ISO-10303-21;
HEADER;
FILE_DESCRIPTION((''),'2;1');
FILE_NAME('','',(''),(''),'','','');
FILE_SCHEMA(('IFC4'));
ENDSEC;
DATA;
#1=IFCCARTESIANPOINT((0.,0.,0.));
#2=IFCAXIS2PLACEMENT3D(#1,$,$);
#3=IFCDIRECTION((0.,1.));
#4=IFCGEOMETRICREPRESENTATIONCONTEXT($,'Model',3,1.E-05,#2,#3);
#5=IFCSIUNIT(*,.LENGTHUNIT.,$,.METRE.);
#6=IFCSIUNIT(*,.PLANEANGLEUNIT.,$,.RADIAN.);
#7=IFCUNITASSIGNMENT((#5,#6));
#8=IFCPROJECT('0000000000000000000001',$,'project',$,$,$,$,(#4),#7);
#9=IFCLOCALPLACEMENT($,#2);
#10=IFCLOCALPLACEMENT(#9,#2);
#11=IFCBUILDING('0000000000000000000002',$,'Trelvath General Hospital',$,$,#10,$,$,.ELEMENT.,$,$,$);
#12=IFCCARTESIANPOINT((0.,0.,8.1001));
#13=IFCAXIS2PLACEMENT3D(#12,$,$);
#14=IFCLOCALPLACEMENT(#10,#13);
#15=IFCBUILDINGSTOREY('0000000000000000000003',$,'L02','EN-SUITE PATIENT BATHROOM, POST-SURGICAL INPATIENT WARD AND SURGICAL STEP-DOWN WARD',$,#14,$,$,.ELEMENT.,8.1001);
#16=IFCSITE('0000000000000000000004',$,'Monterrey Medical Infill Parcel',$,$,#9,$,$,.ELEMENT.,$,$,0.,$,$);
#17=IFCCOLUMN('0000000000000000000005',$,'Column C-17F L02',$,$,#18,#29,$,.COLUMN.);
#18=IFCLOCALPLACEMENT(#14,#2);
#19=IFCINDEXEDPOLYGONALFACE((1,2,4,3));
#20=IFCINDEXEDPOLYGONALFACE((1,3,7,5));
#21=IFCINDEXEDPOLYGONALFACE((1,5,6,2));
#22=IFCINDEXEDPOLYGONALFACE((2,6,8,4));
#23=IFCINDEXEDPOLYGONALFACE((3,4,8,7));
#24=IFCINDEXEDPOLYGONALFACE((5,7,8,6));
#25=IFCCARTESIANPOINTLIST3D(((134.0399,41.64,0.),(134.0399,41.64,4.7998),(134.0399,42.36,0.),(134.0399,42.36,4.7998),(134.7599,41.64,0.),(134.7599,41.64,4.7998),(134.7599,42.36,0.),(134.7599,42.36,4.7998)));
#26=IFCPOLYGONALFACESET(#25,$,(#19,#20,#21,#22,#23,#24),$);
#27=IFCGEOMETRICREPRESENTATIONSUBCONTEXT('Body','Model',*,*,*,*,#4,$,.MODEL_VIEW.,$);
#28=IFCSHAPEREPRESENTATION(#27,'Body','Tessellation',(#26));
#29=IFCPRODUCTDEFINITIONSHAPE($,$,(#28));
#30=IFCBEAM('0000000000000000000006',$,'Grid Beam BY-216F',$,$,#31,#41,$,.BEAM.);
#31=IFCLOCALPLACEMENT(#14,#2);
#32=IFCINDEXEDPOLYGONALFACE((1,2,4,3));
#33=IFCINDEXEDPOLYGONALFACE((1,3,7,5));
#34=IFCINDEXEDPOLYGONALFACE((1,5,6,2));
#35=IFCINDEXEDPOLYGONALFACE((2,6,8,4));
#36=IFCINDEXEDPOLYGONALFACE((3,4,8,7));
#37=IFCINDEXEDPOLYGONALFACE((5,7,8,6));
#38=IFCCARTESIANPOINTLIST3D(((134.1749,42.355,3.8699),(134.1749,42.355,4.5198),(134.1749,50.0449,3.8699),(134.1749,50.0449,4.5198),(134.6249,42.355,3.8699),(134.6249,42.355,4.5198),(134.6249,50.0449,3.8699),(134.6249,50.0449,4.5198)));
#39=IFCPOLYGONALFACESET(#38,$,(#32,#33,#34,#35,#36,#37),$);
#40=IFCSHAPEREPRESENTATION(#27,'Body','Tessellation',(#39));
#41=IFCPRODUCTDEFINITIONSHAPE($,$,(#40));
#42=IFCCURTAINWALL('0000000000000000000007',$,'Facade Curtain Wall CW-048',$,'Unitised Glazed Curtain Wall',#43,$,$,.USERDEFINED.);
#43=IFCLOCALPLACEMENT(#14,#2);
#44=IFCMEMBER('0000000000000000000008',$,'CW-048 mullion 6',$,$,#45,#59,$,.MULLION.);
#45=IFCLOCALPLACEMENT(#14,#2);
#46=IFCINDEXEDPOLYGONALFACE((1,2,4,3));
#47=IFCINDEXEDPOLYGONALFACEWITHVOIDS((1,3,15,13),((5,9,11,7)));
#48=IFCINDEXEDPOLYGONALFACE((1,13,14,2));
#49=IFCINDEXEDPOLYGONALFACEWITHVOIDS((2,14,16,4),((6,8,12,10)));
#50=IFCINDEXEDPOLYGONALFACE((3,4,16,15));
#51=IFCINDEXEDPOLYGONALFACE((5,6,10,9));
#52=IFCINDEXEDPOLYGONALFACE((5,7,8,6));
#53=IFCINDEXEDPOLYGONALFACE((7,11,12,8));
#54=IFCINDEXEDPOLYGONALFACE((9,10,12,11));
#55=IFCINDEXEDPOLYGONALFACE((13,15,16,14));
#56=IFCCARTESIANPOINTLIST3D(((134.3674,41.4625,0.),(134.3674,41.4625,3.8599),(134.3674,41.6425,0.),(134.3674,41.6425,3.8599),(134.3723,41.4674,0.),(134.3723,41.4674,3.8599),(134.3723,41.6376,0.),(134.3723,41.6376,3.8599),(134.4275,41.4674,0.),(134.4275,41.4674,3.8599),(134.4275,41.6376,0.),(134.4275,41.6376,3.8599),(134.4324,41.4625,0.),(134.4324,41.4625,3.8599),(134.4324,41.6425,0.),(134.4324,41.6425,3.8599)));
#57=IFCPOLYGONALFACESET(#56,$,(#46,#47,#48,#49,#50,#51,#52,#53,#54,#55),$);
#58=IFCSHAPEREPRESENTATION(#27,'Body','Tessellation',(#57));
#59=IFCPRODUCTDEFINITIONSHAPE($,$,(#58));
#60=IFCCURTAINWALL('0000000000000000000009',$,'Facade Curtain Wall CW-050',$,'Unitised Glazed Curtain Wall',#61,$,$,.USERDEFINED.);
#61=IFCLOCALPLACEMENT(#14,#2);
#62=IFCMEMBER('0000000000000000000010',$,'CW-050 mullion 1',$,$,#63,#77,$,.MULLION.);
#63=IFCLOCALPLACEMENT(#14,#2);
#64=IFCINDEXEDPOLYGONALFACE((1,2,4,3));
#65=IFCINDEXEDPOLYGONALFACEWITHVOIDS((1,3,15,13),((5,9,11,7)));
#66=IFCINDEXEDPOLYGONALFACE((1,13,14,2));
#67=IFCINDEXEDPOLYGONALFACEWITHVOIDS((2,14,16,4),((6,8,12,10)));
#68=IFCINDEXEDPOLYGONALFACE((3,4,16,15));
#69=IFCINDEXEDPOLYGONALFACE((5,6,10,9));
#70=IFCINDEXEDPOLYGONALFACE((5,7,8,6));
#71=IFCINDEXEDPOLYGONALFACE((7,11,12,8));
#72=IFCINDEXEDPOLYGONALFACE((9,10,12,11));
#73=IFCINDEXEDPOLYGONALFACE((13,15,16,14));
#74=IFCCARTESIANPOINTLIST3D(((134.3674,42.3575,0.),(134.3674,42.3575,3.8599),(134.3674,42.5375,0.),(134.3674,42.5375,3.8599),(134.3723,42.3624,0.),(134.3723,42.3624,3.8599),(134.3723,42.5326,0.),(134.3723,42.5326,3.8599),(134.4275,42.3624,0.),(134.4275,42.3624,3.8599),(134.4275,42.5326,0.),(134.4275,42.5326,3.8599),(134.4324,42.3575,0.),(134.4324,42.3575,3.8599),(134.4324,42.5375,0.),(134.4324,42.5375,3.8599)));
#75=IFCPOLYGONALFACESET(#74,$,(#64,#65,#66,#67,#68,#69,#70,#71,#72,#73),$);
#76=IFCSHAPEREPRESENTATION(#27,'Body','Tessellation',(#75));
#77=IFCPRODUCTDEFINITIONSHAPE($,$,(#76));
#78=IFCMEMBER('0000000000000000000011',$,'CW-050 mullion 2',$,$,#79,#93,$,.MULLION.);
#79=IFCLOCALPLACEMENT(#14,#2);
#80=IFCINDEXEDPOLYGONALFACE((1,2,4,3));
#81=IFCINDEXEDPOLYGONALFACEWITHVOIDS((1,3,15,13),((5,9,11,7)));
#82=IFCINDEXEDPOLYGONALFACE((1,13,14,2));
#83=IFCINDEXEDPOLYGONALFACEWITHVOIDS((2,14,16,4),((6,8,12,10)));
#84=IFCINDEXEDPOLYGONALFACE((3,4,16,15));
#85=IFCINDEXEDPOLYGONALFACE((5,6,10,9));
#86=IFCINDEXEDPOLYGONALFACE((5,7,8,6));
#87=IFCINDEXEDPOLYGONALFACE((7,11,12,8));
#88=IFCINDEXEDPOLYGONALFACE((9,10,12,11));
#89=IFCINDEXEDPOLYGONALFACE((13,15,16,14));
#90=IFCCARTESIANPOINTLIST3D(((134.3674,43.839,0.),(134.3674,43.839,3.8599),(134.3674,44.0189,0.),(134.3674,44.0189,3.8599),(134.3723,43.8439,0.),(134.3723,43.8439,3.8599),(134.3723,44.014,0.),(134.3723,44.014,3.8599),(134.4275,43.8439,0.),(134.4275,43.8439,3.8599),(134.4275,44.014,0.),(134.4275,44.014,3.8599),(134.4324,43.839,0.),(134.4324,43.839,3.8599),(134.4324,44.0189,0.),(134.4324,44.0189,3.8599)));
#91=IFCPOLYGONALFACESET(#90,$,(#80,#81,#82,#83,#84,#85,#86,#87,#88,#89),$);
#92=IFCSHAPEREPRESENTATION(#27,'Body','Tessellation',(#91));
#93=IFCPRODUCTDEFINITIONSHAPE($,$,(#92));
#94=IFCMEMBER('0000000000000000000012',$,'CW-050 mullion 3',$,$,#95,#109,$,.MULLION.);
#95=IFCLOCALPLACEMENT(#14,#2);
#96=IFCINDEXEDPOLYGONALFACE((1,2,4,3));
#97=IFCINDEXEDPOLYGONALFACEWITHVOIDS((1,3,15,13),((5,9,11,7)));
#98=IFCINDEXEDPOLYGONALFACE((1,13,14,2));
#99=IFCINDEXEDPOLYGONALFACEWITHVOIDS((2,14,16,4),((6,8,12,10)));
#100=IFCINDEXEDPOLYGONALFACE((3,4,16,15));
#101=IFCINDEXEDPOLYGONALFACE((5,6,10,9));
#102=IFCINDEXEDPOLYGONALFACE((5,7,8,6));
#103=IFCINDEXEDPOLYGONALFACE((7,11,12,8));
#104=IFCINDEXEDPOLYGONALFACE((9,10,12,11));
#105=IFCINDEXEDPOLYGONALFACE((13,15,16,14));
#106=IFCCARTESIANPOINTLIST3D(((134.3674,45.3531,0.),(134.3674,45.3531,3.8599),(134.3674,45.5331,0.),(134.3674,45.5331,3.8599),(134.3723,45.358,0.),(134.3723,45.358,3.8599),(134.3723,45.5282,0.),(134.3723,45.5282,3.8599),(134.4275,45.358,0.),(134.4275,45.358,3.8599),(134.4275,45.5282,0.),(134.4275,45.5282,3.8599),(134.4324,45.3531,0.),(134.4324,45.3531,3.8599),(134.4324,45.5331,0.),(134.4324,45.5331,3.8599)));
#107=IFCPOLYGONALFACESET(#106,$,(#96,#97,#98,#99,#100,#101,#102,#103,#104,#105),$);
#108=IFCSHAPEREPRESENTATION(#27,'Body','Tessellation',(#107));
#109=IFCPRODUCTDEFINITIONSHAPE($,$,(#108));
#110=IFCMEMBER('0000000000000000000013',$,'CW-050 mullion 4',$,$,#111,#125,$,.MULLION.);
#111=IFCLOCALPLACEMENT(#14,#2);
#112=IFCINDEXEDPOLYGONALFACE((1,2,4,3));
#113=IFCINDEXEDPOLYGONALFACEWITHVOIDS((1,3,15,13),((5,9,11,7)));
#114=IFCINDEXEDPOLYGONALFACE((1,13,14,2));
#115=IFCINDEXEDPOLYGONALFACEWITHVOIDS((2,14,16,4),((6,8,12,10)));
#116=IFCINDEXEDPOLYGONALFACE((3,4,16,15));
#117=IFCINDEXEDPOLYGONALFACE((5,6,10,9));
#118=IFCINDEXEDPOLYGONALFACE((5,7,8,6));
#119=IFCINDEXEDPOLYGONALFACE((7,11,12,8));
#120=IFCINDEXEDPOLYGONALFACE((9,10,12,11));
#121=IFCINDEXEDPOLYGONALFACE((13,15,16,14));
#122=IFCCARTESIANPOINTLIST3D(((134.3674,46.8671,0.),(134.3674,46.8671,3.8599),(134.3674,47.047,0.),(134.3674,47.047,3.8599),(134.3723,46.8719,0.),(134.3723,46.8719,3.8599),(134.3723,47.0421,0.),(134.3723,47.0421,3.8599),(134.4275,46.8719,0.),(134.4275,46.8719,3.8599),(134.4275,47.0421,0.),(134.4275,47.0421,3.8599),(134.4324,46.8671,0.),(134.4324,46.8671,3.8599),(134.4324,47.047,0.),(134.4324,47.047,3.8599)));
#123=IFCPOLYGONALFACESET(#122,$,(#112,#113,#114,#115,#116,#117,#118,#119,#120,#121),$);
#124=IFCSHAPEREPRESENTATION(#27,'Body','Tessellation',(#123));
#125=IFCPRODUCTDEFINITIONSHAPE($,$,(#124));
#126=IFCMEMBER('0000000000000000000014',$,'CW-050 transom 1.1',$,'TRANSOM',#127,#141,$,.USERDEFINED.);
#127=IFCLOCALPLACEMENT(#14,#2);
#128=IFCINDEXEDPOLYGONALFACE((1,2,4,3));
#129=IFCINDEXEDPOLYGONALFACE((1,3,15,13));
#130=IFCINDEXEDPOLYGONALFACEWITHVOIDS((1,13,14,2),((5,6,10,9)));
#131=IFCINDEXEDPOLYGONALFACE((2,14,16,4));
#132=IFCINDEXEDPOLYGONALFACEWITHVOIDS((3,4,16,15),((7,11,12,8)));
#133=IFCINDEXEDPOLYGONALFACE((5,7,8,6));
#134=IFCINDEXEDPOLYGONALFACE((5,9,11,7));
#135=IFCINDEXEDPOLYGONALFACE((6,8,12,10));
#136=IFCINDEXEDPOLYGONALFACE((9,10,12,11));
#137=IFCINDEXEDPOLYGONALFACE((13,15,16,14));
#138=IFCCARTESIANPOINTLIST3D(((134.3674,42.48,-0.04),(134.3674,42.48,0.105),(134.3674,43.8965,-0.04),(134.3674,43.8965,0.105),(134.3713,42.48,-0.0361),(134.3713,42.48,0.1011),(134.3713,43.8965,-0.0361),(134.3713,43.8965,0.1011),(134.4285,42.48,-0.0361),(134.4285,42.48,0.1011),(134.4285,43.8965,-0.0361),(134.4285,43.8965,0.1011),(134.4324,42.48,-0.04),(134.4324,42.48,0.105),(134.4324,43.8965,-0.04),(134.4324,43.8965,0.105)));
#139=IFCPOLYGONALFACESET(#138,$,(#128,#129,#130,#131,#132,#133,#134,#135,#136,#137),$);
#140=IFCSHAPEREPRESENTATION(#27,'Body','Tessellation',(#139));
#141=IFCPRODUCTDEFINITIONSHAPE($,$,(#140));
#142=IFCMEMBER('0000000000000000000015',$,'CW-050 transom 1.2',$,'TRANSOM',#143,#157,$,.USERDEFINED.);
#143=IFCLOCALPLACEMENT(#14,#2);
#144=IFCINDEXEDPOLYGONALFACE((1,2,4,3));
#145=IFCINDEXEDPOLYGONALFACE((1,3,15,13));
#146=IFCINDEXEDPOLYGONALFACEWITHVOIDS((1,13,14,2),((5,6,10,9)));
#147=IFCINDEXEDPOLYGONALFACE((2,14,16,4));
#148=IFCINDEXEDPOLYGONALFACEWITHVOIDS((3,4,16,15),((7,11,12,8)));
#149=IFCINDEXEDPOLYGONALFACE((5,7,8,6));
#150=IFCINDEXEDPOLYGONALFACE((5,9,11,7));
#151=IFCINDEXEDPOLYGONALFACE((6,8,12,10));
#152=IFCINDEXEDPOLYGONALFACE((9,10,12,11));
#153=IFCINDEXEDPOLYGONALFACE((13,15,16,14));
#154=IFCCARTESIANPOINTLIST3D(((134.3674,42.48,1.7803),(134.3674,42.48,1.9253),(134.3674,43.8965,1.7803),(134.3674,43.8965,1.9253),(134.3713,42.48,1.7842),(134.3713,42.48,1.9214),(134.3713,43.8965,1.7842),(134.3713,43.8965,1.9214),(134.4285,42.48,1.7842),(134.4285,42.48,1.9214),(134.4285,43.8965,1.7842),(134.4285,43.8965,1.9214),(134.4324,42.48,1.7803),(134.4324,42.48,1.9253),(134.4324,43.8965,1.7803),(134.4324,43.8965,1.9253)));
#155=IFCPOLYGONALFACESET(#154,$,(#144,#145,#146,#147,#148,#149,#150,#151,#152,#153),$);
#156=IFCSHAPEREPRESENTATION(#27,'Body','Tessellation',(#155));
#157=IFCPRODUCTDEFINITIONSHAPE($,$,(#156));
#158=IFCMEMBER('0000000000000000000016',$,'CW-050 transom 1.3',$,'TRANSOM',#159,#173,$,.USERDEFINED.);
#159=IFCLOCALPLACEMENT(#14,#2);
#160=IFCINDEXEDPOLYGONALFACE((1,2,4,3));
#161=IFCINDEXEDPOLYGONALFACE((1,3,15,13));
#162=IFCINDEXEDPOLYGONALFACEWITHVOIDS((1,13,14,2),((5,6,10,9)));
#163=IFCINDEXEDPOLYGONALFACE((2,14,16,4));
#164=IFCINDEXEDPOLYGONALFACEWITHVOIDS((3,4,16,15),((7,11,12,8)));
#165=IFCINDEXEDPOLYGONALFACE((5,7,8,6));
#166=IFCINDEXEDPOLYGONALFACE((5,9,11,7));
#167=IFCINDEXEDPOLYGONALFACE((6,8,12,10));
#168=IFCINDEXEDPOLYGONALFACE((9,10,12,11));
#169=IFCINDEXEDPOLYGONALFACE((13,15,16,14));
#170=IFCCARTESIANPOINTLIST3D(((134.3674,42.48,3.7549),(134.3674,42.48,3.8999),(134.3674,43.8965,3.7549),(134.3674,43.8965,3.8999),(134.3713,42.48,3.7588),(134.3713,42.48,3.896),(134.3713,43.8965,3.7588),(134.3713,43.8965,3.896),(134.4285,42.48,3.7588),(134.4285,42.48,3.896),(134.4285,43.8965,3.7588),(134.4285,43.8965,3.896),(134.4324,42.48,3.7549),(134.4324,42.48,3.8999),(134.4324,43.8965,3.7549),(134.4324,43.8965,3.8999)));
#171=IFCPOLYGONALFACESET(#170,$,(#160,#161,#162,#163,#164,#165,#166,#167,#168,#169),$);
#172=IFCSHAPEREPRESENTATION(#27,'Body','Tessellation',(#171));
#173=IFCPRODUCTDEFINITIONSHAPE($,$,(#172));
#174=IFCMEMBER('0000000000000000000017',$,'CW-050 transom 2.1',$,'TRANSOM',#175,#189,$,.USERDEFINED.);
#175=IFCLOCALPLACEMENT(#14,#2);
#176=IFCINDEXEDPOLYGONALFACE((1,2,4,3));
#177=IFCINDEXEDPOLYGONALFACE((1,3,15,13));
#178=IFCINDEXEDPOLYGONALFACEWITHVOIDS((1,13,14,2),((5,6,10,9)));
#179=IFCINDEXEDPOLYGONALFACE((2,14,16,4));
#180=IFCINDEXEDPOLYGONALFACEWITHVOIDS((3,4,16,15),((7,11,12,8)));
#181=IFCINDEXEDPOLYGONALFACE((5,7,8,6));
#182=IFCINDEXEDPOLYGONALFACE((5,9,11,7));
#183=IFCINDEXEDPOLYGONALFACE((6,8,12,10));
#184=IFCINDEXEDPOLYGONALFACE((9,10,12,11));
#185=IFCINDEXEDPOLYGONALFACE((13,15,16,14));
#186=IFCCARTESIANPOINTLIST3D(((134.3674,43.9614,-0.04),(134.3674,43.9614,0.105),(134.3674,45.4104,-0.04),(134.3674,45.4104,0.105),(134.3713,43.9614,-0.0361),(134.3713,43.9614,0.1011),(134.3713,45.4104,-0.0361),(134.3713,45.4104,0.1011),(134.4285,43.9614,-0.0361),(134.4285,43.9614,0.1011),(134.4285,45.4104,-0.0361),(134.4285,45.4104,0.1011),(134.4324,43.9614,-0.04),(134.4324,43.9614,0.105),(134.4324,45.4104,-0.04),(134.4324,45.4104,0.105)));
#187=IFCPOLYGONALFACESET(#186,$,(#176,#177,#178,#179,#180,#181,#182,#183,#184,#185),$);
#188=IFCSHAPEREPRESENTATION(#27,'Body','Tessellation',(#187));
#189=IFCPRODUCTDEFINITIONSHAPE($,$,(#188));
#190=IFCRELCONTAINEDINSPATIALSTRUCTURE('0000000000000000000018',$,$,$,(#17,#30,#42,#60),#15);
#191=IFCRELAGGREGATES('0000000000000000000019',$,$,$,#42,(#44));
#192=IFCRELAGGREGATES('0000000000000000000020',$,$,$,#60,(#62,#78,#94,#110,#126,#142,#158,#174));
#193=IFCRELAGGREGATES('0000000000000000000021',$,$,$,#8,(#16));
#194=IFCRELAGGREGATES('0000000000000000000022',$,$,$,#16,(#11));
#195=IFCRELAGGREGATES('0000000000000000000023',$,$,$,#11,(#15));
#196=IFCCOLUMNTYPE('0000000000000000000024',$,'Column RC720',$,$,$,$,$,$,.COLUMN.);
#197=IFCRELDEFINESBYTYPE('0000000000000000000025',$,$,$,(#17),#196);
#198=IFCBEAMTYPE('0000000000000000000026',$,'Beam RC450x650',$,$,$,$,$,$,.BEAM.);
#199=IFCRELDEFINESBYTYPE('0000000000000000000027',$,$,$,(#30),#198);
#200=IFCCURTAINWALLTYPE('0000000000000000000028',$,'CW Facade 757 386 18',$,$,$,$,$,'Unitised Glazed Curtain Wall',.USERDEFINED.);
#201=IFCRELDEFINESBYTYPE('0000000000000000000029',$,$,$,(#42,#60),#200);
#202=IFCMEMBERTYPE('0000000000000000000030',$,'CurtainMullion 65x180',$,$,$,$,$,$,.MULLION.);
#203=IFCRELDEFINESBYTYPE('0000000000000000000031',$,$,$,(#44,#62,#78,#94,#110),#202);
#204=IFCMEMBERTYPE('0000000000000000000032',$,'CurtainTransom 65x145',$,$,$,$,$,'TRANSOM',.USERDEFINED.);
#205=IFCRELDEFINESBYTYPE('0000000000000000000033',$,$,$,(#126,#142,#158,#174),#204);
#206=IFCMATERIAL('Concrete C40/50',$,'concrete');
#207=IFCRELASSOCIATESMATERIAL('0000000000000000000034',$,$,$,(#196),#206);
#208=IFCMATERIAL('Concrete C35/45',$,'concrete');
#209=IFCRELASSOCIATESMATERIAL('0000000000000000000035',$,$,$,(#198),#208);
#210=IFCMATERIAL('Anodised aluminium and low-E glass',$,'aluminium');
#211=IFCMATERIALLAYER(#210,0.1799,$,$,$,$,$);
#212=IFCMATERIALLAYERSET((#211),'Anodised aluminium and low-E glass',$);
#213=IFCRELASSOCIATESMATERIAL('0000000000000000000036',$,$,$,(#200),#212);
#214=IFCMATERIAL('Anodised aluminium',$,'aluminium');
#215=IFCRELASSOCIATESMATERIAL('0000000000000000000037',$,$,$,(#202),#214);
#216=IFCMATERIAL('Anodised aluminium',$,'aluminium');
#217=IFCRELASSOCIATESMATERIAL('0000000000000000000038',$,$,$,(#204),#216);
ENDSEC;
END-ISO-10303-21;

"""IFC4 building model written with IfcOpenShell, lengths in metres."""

from ifc_helpers import new_model, si_unit, direction, frame, origin, origin_2d, place, context, subcontext, project, spatial, rectangle, hollow_rectangle, extrude, material, layer, layer_set, material_profile, profile_set, type_object, element, aggregate, save


model = new_model("IFC4")

# Units and contexts
model_context = context("Model", 3, precision=1e-05, world=origin(), true_north=direction((0.0, 1.0)))
body_context = subcontext(model_context, "Body", "Model", "MODEL_VIEW")
ifc_project = project(units=[si_unit("LENGTHUNIT", "METRE"), si_unit("PLANEANGLEUNIT", "RADIAN")], contexts=[model_context])

# Site, building, storey
site_placement = place(None, origin())
site = spatial("IfcSite", under=ifc_project, at=site_placement, Name="Monterrey Medical Infill Parcel", CompositionType="ELEMENT", RefElevation=0.0)
building_placement = place(site_placement, origin())
building = spatial("IfcBuilding", under=site, at=building_placement, Name="Trelvath General Hospital", CompositionType="ELEMENT")
storey_placement = place(building_placement, frame((0.0, 0.0, 8.1001)))
storey = spatial("IfcBuildingStorey", under=building, at=storey_placement, Name="L02", Description="EN-SUITE PATIENT BATHROOM, POST-SURGICAL INPATIENT WARD AND SURGICAL STEP-DOWN WARD", CompositionType="ELEMENT", Elevation=8.1001)

# Column
ifc_material_1 = material(Name="Concrete C40/50", Category="concrete")
ifc_material_profile_1 = material_profile(ifc_material_1, rectangle(XDim=0.72, YDim=0.72, at=origin_2d()), Name="RC720x720")
ifc_profile_set_1 = profile_set([ifc_material_profile_1], Name="Concrete C40/50")
column_type = type_object("IfcColumnType", Name="Column RC720", PredefinedType="COLUMN", material=ifc_profile_set_1)
column_placement = place(storey_placement, frame((134.3999, 42.0, 0.0), z_axis=(0.0, 0.0, 1.0), x_axis=(1.0, 0.0, 0.0)))
element("IfcColumn", 1, at=column_placement, inside=storey, type_object=column_type, Name="Column C-17F L02", PredefinedType="COLUMN", context=body_context, shape_type="SweptSolid", body=[
    extrude(rectangle(XDim=0.72, YDim=0.72, at=origin_2d()), origin(), (0.0, 0.0, 1.0), 4.7998),
])

# Beam
ifc_material_2 = material(Name="Concrete C35/45", Category="concrete")
ifc_material_profile_2 = material_profile(ifc_material_2, rectangle(XDim=0.45, YDim=0.6499, at=origin_2d()), Name="RCB450x650")
ifc_profile_set_2 = profile_set([ifc_material_profile_2], Name="Concrete C35/45")
beam_type = type_object("IfcBeamType", Name="Beam RC450x650", PredefinedType="BEAM", material=ifc_profile_set_2)
beam_placement = place(storey_placement, frame((134.3999, 42.355, 4.1948), z_axis=(0.0, 1.0, 0.0), x_axis=(-1.0, 0.0, 0.0)))
element("IfcBeam", 2, at=beam_placement, inside=storey, type_object=beam_type, Name="Grid Beam BY-216F", PredefinedType="BEAM", context=body_context, shape_type="SweptSolid", body=[
    extrude(rectangle(XDim=0.45, YDim=0.6499, at=origin_2d()), origin(), (0.0, 0.0, 1.0), 7.6899),
])

# Curtain wall, member
ifc_material_3 = material(Name="Anodised aluminium and low-E glass", Category="aluminium")
ifc_layer_1 = layer(ifc_material_3, 0.1799)
ifc_layer_set_1 = layer_set([ifc_layer_1], Name="Anodised aluminium and low-E glass")
curtain_wall_type = type_object("IfcCurtainWallType", Name="CW Facade 757 386 18", ElementType="Unitised Glazed Curtain Wall", PredefinedType="USERDEFINED", material=ifc_layer_set_1)
curtain_wall_1_placement = place(storey_placement, origin())
curtain_wall_1 = element("IfcCurtainWall", 3, at=curtain_wall_1_placement, inside=storey, type_object=curtain_wall_type, Name="Facade Curtain Wall CW-048", ObjectType="Unitised Glazed Curtain Wall", PredefinedType="USERDEFINED")
ifc_material_4 = material(Name="Anodised aluminium", Category="aluminium")
ifc_material_profile_3 = material_profile(ifc_material_4, hollow_rectangle(XDim=0.0649, YDim=0.1799, WallThickness=0.0049, at=origin_2d()), Name="RHS65x180x5")
ifc_profile_set_3 = profile_set([ifc_material_profile_3], Name="Anodised aluminium")
member_type_1 = type_object("IfcMemberType", Name="CurtainMullion 65x180", PredefinedType="MULLION", material=ifc_profile_set_3)
member_1_placement = place(storey_placement, frame((134.3999, 41.5525, 0.0), z_axis=(0.0, 0.0, 1.0), x_axis=(-1.0, 0.0, 0.0)))
member_1 = element("IfcMember", 4, at=member_1_placement, type_object=member_type_1, Name="CW-048 mullion 6", PredefinedType="MULLION", context=body_context, shape_type="SweptSolid", body=[
    extrude(hollow_rectangle(XDim=0.0649, YDim=0.1799, WallThickness=0.0049, at=origin_2d()), origin(), (0.0, 0.0, 1.0), 3.8599),
])

# Curtain wall, members
curtain_wall_2_placement = place(storey_placement, origin())
curtain_wall_2 = element("IfcCurtainWall", 5, at=curtain_wall_2_placement, inside=storey, type_object=curtain_wall_type, Name="Facade Curtain Wall CW-050", ObjectType="Unitised Glazed Curtain Wall", PredefinedType="USERDEFINED")
member_2_placement = place(storey_placement, frame((134.3999, 42.4475, 0.0), z_axis=(0.0, 0.0, 1.0), x_axis=(-1.0, 0.0, 0.0)))
member_2 = element("IfcMember", 6, at=member_2_placement, type_object=member_type_1, Name="CW-050 mullion 1", PredefinedType="MULLION", context=body_context, shape_type="SweptSolid", body=[
    extrude(hollow_rectangle(XDim=0.0649, YDim=0.1799, WallThickness=0.0049, at=origin_2d()), origin(), (0.0, 0.0, 1.0), 3.8599),
])
member_3_placement = place(storey_placement, frame((134.3999, 43.929, 0.0), z_axis=(0.0, 0.0, 1.0), x_axis=(-1.0, 0.0, 0.0)))
member_3 = element("IfcMember", 7, at=member_3_placement, type_object=member_type_1, Name="CW-050 mullion 2", PredefinedType="MULLION", context=body_context, shape_type="SweptSolid", body=[
    extrude(hollow_rectangle(XDim=0.0649, YDim=0.1799, WallThickness=0.0049, at=origin_2d()), origin(), (0.0, 0.0, 1.0), 3.8599),
])
member_4_placement = place(storey_placement, frame((134.3999, 45.4431, 0.0), z_axis=(0.0, 0.0, 1.0), x_axis=(-1.0, 0.0, 0.0)))
member_4 = element("IfcMember", 8, at=member_4_placement, type_object=member_type_1, Name="CW-050 mullion 3", PredefinedType="MULLION", context=body_context, shape_type="SweptSolid", body=[
    extrude(hollow_rectangle(XDim=0.0649, YDim=0.1799, WallThickness=0.0049, at=origin_2d()), origin(), (0.0, 0.0, 1.0), 3.8599),
])
member_5_placement = place(storey_placement, frame((134.3999, 46.957, 0.0), z_axis=(0.0, 0.0, 1.0), x_axis=(-1.0, 0.0, 0.0)))
member_5 = element("IfcMember", 9, at=member_5_placement, type_object=member_type_1, Name="CW-050 mullion 4", PredefinedType="MULLION", context=body_context, shape_type="SweptSolid", body=[
    extrude(hollow_rectangle(XDim=0.0649, YDim=0.1799, WallThickness=0.0049, at=origin_2d()), origin(), (0.0, 0.0, 1.0), 3.8599),
])
ifc_material_5 = material(Name="Anodised aluminium", Category="aluminium")
ifc_material_profile_4 = material_profile(ifc_material_5, hollow_rectangle(XDim=0.0649, YDim=0.145, WallThickness=0.0039, at=origin_2d()), Name="RHS65x145x4")
ifc_profile_set_4 = profile_set([ifc_material_profile_4], Name="Anodised aluminium")
member_type_2 = type_object("IfcMemberType", Name="CurtainTransom 65x145", ElementType="TRANSOM", PredefinedType="USERDEFINED", material=ifc_profile_set_4)
member_6_placement = place(storey_placement, frame((134.3999, 42.48, 0.0325), z_axis=(0.0, 1.0, 0.0), x_axis=(-1.0, 0.0, 0.0)))
member_6 = element("IfcMember", 10, at=member_6_placement, type_object=member_type_2, Name="CW-050 transom 1.1", ObjectType="TRANSOM", PredefinedType="USERDEFINED", context=body_context, shape_type="SweptSolid", body=[
    extrude(hollow_rectangle(XDim=0.0649, YDim=0.145, WallThickness=0.0039, at=origin_2d()), origin(), (0.0, 0.0, 1.0), 1.4165),
])
member_7_placement = place(storey_placement, frame((134.3999, 42.48, 1.8528), z_axis=(0.0, 1.0, 0.0), x_axis=(-1.0, 0.0, 0.0)))
member_7 = element("IfcMember", 11, at=member_7_placement, type_object=member_type_2, Name="CW-050 transom 1.2", ObjectType="TRANSOM", PredefinedType="USERDEFINED", context=body_context, shape_type="SweptSolid", body=[
    extrude(hollow_rectangle(XDim=0.0649, YDim=0.145, WallThickness=0.0039, at=origin_2d()), origin(), (0.0, 0.0, 1.0), 1.4165),
])
member_8_placement = place(storey_placement, frame((134.3999, 42.48, 3.8274), z_axis=(0.0, 1.0, 0.0), x_axis=(-1.0, 0.0, 0.0)))
member_8 = element("IfcMember", 12, at=member_8_placement, type_object=member_type_2, Name="CW-050 transom 1.3", ObjectType="TRANSOM", PredefinedType="USERDEFINED", context=body_context, shape_type="SweptSolid", body=[
    extrude(hollow_rectangle(XDim=0.0649, YDim=0.145, WallThickness=0.0039, at=origin_2d()), origin(), (0.0, 0.0, 1.0), 1.4165),
])
member_9_placement = place(storey_placement, frame((134.3999, 43.9614, 0.0325), z_axis=(0.0, 1.0, 0.0), x_axis=(-1.0, 0.0, 0.0)))
member_9 = element("IfcMember", 13, at=member_9_placement, type_object=member_type_2, Name="CW-050 transom 2.1", ObjectType="TRANSOM", PredefinedType="USERDEFINED", context=body_context, shape_type="SweptSolid", body=[
    extrude(hollow_rectangle(XDim=0.0649, YDim=0.145, WallThickness=0.0039, at=origin_2d()), origin(), (0.0, 0.0, 1.0), 1.449),
])

aggregate(curtain_wall_1, [member_1])
aggregate(curtain_wall_2, [member_2, member_3, member_4, member_5, member_6, member_7, member_8, member_9])

save(model, "model.ifc")
